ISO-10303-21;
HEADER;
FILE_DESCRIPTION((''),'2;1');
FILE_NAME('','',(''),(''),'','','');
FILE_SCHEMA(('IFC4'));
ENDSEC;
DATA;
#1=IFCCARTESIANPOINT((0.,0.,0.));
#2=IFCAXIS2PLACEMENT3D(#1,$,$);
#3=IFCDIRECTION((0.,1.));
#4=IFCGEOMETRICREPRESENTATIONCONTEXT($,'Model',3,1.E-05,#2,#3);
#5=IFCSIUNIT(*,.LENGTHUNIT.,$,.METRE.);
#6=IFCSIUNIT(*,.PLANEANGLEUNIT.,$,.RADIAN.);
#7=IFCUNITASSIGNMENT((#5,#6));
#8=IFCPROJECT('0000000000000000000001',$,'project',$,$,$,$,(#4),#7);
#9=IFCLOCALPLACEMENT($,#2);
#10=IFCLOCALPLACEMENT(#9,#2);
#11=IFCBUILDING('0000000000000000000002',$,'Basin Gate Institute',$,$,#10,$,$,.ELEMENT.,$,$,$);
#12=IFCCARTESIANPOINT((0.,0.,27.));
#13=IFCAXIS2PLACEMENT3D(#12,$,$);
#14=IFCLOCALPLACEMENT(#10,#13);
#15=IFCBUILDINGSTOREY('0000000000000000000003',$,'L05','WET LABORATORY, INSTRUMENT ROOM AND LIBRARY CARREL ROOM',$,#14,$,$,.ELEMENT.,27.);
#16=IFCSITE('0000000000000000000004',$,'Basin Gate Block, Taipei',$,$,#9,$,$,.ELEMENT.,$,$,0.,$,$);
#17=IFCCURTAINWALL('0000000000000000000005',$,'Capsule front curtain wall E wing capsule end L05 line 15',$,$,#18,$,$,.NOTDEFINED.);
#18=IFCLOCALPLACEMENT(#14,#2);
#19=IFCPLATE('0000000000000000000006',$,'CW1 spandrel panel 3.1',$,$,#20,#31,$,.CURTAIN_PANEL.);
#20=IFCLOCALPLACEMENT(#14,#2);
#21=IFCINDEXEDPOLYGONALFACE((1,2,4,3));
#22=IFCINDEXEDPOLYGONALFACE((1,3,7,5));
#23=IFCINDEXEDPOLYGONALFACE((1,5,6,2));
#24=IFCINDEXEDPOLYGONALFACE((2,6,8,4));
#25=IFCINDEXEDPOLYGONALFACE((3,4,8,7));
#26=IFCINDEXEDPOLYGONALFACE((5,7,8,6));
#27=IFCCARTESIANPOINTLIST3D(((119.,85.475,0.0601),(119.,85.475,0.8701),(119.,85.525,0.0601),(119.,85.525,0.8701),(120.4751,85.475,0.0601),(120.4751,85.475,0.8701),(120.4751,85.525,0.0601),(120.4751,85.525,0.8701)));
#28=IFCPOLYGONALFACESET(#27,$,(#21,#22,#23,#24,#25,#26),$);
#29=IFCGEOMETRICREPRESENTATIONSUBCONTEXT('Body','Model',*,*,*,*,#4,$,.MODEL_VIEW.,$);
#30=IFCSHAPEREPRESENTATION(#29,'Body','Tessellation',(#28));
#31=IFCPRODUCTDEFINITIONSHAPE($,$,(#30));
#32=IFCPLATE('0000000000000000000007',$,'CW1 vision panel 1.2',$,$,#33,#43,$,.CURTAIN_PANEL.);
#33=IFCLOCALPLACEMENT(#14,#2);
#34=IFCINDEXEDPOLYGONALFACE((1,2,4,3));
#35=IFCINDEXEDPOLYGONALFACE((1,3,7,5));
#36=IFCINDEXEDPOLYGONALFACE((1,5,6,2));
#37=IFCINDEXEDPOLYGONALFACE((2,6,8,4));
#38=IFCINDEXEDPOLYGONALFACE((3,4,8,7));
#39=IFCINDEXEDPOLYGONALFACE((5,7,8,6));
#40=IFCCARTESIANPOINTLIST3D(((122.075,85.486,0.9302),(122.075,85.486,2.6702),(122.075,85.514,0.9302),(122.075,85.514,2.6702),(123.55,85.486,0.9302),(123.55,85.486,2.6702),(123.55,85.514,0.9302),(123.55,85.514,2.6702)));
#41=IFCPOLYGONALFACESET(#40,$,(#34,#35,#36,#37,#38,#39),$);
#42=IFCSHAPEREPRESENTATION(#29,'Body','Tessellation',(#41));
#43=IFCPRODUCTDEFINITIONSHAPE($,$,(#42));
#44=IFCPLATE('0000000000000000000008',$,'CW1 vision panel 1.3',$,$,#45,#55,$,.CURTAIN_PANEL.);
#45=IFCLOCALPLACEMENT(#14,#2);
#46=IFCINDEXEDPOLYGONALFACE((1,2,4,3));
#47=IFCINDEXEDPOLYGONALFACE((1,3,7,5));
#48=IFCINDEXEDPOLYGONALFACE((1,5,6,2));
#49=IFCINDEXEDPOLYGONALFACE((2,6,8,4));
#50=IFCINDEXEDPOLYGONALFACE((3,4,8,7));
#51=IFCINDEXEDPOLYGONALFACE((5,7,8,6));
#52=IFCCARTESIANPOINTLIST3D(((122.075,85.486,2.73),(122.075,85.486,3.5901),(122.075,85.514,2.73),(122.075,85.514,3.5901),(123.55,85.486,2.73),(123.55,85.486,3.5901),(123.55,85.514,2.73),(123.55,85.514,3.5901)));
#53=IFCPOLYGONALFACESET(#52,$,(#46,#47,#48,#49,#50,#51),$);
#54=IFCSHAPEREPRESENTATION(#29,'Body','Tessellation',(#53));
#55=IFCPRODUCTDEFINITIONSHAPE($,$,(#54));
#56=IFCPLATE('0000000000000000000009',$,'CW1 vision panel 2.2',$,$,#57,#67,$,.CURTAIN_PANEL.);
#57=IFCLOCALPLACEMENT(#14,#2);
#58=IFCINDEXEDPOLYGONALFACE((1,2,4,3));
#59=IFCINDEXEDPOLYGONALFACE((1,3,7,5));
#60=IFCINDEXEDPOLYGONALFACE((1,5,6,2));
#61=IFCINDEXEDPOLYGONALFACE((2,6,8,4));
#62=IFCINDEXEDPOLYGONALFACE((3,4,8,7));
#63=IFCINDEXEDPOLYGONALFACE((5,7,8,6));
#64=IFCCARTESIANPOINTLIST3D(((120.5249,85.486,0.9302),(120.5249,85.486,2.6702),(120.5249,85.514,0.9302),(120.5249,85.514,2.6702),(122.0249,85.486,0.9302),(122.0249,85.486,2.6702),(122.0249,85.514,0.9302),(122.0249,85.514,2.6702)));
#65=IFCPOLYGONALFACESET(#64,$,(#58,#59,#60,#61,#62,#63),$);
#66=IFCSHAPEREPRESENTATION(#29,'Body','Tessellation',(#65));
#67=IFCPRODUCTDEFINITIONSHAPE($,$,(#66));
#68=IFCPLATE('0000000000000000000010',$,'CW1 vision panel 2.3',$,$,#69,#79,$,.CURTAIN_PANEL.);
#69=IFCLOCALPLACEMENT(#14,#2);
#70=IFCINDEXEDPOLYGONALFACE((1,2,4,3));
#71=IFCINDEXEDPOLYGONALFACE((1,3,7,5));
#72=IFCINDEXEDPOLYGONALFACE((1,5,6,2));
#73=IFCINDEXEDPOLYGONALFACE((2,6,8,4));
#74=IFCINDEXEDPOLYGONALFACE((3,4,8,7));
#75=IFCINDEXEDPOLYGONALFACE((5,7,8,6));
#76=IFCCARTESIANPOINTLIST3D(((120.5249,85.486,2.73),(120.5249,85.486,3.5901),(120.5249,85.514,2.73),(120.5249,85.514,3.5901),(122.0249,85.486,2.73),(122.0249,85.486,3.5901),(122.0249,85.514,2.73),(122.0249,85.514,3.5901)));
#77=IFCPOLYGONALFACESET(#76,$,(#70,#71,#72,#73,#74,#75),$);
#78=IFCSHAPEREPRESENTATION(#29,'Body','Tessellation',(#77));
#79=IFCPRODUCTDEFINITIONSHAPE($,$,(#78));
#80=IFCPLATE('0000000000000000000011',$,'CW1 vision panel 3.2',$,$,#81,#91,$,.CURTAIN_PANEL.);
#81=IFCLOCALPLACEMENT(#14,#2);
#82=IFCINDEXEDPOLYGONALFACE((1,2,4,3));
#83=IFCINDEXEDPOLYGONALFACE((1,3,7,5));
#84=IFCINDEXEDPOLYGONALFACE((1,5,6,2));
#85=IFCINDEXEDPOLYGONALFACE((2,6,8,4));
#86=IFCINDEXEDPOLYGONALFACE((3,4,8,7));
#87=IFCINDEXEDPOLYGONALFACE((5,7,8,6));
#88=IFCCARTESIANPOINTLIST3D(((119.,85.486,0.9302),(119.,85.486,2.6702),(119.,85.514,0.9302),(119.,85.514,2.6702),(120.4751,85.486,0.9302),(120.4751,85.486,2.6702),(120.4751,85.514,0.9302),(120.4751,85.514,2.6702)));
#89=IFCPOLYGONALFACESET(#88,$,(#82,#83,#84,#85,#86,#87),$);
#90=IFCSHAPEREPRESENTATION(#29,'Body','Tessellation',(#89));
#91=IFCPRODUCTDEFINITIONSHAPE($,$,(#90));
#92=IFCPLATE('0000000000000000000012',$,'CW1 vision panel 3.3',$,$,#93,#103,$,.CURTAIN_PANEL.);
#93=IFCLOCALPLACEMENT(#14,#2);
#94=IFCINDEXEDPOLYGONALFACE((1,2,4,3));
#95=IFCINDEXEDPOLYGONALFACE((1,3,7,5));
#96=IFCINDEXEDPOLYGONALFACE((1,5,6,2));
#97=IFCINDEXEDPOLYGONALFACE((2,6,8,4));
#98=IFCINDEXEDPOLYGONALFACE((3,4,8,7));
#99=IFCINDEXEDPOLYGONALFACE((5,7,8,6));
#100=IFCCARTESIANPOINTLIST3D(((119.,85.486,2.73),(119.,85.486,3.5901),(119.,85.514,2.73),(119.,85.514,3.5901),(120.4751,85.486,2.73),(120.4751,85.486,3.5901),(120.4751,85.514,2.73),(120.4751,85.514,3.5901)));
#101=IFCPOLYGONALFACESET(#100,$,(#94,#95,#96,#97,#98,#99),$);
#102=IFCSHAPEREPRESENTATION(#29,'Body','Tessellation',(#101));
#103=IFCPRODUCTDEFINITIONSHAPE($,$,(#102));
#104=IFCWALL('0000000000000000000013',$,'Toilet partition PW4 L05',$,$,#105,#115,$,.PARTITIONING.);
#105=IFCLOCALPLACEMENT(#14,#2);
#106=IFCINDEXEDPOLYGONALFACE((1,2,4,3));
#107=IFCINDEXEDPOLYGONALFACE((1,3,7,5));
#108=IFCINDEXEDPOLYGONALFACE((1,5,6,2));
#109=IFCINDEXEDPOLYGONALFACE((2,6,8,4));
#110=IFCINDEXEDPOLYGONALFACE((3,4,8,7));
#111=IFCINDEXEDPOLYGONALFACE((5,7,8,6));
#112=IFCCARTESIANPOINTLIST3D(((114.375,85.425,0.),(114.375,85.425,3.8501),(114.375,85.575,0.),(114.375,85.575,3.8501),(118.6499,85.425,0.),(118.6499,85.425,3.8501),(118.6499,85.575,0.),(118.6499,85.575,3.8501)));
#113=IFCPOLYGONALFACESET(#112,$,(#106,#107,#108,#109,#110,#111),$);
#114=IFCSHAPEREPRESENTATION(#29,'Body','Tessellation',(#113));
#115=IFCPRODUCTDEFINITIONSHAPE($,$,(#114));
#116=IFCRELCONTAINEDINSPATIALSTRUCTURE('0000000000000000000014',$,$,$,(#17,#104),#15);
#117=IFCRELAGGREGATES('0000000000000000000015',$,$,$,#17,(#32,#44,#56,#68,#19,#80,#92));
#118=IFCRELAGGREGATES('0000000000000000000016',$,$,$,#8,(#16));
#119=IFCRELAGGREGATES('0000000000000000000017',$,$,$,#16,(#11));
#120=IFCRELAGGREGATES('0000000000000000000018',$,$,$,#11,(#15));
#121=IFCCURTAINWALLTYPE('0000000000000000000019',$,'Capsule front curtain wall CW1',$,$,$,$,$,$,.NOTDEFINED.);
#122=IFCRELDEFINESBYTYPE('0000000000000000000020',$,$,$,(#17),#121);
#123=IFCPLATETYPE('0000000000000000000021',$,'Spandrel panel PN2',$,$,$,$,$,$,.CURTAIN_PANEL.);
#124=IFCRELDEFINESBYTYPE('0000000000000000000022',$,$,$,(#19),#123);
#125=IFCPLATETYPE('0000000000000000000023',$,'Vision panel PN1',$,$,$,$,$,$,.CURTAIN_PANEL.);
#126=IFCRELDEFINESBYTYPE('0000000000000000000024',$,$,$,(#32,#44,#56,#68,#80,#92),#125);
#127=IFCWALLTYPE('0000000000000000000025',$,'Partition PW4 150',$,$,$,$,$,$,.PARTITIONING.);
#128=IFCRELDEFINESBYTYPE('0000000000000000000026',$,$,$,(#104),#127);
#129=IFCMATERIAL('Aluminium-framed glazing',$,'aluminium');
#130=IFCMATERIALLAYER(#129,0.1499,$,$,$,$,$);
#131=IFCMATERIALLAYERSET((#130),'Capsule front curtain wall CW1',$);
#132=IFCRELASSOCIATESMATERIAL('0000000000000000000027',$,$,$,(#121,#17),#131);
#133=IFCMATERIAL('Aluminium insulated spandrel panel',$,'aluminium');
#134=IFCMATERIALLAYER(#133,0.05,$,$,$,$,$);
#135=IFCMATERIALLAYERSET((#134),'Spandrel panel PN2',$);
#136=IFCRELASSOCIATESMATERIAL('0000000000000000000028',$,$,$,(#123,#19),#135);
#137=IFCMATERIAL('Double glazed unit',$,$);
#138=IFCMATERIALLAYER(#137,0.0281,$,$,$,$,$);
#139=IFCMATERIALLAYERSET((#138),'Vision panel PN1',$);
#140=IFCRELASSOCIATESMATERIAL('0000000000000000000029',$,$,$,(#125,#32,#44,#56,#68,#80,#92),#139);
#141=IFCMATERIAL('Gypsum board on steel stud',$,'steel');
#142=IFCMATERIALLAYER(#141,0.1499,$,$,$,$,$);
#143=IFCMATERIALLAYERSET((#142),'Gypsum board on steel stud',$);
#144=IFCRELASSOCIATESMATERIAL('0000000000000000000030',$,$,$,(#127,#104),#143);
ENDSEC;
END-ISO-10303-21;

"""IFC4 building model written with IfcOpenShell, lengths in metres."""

from ifc_helpers import new_model, si_unit, direction, frame, frame_2d, origin, origin_2d, place, context, subcontext, project, spatial, rectangle, extrude, material, layer, layer_set, type_object, element, aggregate, save


model = new_model("IFC4")

# Units and contexts
model_context = context("Model", 3, precision=1e-05, world=origin(), true_north=direction((0.0, 1.0)))
body_context = subcontext(model_context, "Body", "Model", "MODEL_VIEW")
ifc_project = project(units=[si_unit("LENGTHUNIT", "METRE"), si_unit("PLANEANGLEUNIT", "RADIAN")], contexts=[model_context])

# Site, building, storey
site_placement = place(None, origin())
site = spatial("IfcSite", under=ifc_project, at=site_placement, Name="Basin Gate Block, Taipei", CompositionType="ELEMENT", RefElevation=0.0)
building_placement = place(site_placement, origin())
building = spatial("IfcBuilding", under=site, at=building_placement, Name="Basin Gate Institute", CompositionType="ELEMENT")
storey_placement = place(building_placement, frame((0.0, 0.0, 27.0)))
storey = spatial("IfcBuildingStorey", under=building, at=storey_placement, Name="L05", Description="WET LABORATORY, INSTRUMENT ROOM AND LIBRARY CARREL ROOM", CompositionType="ELEMENT", Elevation=27.0)

# Curtain wall, plates
ifc_material_1 = material(Name="Aluminium-framed glazing", Category="aluminium")
ifc_layer_1 = layer(ifc_material_1, 0.1499)
ifc_layer_set_1 = layer_set([ifc_layer_1], Name="Capsule front curtain wall CW1")
curtain_wall_type = type_object("IfcCurtainWallType", Name="Capsule front curtain wall CW1", PredefinedType="NOTDEFINED", material=ifc_layer_set_1)
curtain_wall_placement = place(storey_placement, origin())
curtain_wall = element("IfcCurtainWall", 1, at=curtain_wall_placement, inside=storey, type_object=curtain_wall_type, material=ifc_layer_set_1, Name="Capsule front curtain wall E wing capsule end L05 line 15", PredefinedType="NOTDEFINED")
ifc_material_2 = material(Name="Aluminium insulated spandrel panel", Category="aluminium")
ifc_layer_2 = layer(ifc_material_2, 0.05)
ifc_layer_set_2 = layer_set([ifc_layer_2], Name="Spandrel panel PN2")
plate_type_1 = type_object("IfcPlateType", Name="Spandrel panel PN2", PredefinedType="CURTAIN_PANEL", material=ifc_layer_set_2)
plate_1_placement = place(storey_placement, frame((119.7375, 85.5, 0.0601), z_axis=(0.0, 0.0, 1.0), x_axis=(-1.0, 0.0, 0.0)))
plate_1 = element("IfcPlate", 2, at=plate_1_placement, type_object=plate_type_1, material=ifc_layer_set_2, Name="CW1 spandrel panel 3.1", PredefinedType="CURTAIN_PANEL", context=body_context, shape_type="SweptSolid", body=[
    extrude(rectangle(XDim=1.4751, YDim=0.05, at=origin_2d()), origin(), (0.0, 0.0, 1.0), 0.8101),
])
ifc_material_3 = material(Name="Double glazed unit")
ifc_layer_3 = layer(ifc_material_3, 0.0281)
ifc_layer_set_3 = layer_set([ifc_layer_3], Name="Vision panel PN1")
plate_type_2 = type_object("IfcPlateType", Name="Vision panel PN1", PredefinedType="CURTAIN_PANEL", material=ifc_layer_set_3)
plate_2_placement = place(storey_placement, frame((122.8125, 85.5, 0.9302), z_axis=(0.0, 0.0, 1.0), x_axis=(-1.0, 0.0, 0.0)))
plate_2 = element("IfcPlate", 3, at=plate_2_placement, type_object=plate_type_2, material=ifc_layer_set_3, Name="CW1 vision panel 1.2", PredefinedType="CURTAIN_PANEL", context=body_context, shape_type="SweptSolid", body=[
    extrude(rectangle(XDim=1.4751, YDim=0.0281, at=origin_2d()), origin(), (0.0, 0.0, 1.0), 1.74),
])
plate_3_placement = place(storey_placement, frame((122.8125, 85.5, 2.73), z_axis=(0.0, 0.0, 1.0), x_axis=(-1.0, 0.0, 0.0)))
plate_3 = element("IfcPlate", 4, at=plate_3_placement, type_object=plate_type_2, material=ifc_layer_set_3, Name="CW1 vision panel 1.3", PredefinedType="CURTAIN_PANEL", context=body_context, shape_type="SweptSolid", body=[
    extrude(rectangle(XDim=1.4751, YDim=0.0281, at=origin_2d()), origin(), (0.0, 0.0, 1.0), 0.8601),
])
plate_4_placement = place(storey_placement, frame((121.2749, 85.5, 0.9302), z_axis=(0.0, 0.0, 1.0), x_axis=(-1.0, 0.0, 0.0)))
plate_4 = element("IfcPlate", 5, at=plate_4_placement, type_object=plate_type_2, material=ifc_layer_set_3, Name="CW1 vision panel 2.2", PredefinedType="CURTAIN_PANEL", context=body_context, shape_type="SweptSolid", body=[
    extrude(rectangle(XDim=1.5, YDim=0.0281, at=origin_2d()), origin(), (0.0, 0.0, 1.0), 1.74),
])
plate_5_placement = place(storey_placement, frame((121.2749, 85.5, 2.73), z_axis=(0.0, 0.0, 1.0), x_axis=(-1.0, 0.0, 0.0)))
plate_5 = element("IfcPlate", 6, at=plate_5_placement, type_object=plate_type_2, material=ifc_layer_set_3, Name="CW1 vision panel 2.3", PredefinedType="CURTAIN_PANEL", context=body_context, shape_type="SweptSolid", body=[
    extrude(rectangle(XDim=1.5, YDim=0.0281, at=origin_2d()), origin(), (0.0, 0.0, 1.0), 0.8601),
])
plate_6_placement = place(storey_placement, frame((119.7375, 85.5, 0.9302), z_axis=(0.0, 0.0, 1.0), x_axis=(-1.0, 0.0, 0.0)))
plate_6 = element("IfcPlate", 7, at=plate_6_placement, type_object=plate_type_2, material=ifc_layer_set_3, Name="CW1 vision panel 3.2", PredefinedType="CURTAIN_PANEL", context=body_context, shape_type="SweptSolid", body=[
    extrude(rectangle(XDim=1.4751, YDim=0.0281, at=origin_2d()), origin(), (0.0, 0.0, 1.0), 1.74),
])
plate_7_placement = place(storey_placement, frame((119.7375, 85.5, 2.73), z_axis=(0.0, 0.0, 1.0), x_axis=(-1.0, 0.0, 0.0)))
plate_7 = element("IfcPlate", 8, at=plate_7_placement, type_object=plate_type_2, material=ifc_layer_set_3, Name="CW1 vision panel 3.3", PredefinedType="CURTAIN_PANEL", context=body_context, shape_type="SweptSolid", body=[
    extrude(rectangle(XDim=1.4751, YDim=0.0281, at=origin_2d()), origin(), (0.0, 0.0, 1.0), 0.8601),
])
aggregate(curtain_wall, [plate_2, plate_3, plate_4, plate_5, plate_1, plate_6, plate_7])

# Wall
ifc_material_4 = material(Name="Gypsum board on steel stud", Category="steel")
ifc_layer_4 = layer(ifc_material_4, 0.1499)
ifc_layer_set_4 = layer_set([ifc_layer_4], Name="Gypsum board on steel stud")
wall_type = type_object("IfcWallType", Name="Partition PW4 150", PredefinedType="PARTITIONING", material=ifc_layer_set_4)
wall_placement = place(storey_placement, frame((118.6499, 85.5, 0.0), z_axis=(0.0, 0.0, 1.0), x_axis=(-1.0, 0.0, 0.0)))
element("IfcWall", 9, at=wall_placement, inside=storey, type_object=wall_type, material=ifc_layer_set_4, Name="Toilet partition PW4 L05", PredefinedType="PARTITIONING", context=body_context, shape_type="SweptSolid", body=[
    extrude(rectangle(XDim=4.2749, YDim=0.1499, at=frame_2d((2.1375, 0.0))), origin(), (0.0, 0.0, 1.0), 3.8501),
])

save(model, "model.ifc")
